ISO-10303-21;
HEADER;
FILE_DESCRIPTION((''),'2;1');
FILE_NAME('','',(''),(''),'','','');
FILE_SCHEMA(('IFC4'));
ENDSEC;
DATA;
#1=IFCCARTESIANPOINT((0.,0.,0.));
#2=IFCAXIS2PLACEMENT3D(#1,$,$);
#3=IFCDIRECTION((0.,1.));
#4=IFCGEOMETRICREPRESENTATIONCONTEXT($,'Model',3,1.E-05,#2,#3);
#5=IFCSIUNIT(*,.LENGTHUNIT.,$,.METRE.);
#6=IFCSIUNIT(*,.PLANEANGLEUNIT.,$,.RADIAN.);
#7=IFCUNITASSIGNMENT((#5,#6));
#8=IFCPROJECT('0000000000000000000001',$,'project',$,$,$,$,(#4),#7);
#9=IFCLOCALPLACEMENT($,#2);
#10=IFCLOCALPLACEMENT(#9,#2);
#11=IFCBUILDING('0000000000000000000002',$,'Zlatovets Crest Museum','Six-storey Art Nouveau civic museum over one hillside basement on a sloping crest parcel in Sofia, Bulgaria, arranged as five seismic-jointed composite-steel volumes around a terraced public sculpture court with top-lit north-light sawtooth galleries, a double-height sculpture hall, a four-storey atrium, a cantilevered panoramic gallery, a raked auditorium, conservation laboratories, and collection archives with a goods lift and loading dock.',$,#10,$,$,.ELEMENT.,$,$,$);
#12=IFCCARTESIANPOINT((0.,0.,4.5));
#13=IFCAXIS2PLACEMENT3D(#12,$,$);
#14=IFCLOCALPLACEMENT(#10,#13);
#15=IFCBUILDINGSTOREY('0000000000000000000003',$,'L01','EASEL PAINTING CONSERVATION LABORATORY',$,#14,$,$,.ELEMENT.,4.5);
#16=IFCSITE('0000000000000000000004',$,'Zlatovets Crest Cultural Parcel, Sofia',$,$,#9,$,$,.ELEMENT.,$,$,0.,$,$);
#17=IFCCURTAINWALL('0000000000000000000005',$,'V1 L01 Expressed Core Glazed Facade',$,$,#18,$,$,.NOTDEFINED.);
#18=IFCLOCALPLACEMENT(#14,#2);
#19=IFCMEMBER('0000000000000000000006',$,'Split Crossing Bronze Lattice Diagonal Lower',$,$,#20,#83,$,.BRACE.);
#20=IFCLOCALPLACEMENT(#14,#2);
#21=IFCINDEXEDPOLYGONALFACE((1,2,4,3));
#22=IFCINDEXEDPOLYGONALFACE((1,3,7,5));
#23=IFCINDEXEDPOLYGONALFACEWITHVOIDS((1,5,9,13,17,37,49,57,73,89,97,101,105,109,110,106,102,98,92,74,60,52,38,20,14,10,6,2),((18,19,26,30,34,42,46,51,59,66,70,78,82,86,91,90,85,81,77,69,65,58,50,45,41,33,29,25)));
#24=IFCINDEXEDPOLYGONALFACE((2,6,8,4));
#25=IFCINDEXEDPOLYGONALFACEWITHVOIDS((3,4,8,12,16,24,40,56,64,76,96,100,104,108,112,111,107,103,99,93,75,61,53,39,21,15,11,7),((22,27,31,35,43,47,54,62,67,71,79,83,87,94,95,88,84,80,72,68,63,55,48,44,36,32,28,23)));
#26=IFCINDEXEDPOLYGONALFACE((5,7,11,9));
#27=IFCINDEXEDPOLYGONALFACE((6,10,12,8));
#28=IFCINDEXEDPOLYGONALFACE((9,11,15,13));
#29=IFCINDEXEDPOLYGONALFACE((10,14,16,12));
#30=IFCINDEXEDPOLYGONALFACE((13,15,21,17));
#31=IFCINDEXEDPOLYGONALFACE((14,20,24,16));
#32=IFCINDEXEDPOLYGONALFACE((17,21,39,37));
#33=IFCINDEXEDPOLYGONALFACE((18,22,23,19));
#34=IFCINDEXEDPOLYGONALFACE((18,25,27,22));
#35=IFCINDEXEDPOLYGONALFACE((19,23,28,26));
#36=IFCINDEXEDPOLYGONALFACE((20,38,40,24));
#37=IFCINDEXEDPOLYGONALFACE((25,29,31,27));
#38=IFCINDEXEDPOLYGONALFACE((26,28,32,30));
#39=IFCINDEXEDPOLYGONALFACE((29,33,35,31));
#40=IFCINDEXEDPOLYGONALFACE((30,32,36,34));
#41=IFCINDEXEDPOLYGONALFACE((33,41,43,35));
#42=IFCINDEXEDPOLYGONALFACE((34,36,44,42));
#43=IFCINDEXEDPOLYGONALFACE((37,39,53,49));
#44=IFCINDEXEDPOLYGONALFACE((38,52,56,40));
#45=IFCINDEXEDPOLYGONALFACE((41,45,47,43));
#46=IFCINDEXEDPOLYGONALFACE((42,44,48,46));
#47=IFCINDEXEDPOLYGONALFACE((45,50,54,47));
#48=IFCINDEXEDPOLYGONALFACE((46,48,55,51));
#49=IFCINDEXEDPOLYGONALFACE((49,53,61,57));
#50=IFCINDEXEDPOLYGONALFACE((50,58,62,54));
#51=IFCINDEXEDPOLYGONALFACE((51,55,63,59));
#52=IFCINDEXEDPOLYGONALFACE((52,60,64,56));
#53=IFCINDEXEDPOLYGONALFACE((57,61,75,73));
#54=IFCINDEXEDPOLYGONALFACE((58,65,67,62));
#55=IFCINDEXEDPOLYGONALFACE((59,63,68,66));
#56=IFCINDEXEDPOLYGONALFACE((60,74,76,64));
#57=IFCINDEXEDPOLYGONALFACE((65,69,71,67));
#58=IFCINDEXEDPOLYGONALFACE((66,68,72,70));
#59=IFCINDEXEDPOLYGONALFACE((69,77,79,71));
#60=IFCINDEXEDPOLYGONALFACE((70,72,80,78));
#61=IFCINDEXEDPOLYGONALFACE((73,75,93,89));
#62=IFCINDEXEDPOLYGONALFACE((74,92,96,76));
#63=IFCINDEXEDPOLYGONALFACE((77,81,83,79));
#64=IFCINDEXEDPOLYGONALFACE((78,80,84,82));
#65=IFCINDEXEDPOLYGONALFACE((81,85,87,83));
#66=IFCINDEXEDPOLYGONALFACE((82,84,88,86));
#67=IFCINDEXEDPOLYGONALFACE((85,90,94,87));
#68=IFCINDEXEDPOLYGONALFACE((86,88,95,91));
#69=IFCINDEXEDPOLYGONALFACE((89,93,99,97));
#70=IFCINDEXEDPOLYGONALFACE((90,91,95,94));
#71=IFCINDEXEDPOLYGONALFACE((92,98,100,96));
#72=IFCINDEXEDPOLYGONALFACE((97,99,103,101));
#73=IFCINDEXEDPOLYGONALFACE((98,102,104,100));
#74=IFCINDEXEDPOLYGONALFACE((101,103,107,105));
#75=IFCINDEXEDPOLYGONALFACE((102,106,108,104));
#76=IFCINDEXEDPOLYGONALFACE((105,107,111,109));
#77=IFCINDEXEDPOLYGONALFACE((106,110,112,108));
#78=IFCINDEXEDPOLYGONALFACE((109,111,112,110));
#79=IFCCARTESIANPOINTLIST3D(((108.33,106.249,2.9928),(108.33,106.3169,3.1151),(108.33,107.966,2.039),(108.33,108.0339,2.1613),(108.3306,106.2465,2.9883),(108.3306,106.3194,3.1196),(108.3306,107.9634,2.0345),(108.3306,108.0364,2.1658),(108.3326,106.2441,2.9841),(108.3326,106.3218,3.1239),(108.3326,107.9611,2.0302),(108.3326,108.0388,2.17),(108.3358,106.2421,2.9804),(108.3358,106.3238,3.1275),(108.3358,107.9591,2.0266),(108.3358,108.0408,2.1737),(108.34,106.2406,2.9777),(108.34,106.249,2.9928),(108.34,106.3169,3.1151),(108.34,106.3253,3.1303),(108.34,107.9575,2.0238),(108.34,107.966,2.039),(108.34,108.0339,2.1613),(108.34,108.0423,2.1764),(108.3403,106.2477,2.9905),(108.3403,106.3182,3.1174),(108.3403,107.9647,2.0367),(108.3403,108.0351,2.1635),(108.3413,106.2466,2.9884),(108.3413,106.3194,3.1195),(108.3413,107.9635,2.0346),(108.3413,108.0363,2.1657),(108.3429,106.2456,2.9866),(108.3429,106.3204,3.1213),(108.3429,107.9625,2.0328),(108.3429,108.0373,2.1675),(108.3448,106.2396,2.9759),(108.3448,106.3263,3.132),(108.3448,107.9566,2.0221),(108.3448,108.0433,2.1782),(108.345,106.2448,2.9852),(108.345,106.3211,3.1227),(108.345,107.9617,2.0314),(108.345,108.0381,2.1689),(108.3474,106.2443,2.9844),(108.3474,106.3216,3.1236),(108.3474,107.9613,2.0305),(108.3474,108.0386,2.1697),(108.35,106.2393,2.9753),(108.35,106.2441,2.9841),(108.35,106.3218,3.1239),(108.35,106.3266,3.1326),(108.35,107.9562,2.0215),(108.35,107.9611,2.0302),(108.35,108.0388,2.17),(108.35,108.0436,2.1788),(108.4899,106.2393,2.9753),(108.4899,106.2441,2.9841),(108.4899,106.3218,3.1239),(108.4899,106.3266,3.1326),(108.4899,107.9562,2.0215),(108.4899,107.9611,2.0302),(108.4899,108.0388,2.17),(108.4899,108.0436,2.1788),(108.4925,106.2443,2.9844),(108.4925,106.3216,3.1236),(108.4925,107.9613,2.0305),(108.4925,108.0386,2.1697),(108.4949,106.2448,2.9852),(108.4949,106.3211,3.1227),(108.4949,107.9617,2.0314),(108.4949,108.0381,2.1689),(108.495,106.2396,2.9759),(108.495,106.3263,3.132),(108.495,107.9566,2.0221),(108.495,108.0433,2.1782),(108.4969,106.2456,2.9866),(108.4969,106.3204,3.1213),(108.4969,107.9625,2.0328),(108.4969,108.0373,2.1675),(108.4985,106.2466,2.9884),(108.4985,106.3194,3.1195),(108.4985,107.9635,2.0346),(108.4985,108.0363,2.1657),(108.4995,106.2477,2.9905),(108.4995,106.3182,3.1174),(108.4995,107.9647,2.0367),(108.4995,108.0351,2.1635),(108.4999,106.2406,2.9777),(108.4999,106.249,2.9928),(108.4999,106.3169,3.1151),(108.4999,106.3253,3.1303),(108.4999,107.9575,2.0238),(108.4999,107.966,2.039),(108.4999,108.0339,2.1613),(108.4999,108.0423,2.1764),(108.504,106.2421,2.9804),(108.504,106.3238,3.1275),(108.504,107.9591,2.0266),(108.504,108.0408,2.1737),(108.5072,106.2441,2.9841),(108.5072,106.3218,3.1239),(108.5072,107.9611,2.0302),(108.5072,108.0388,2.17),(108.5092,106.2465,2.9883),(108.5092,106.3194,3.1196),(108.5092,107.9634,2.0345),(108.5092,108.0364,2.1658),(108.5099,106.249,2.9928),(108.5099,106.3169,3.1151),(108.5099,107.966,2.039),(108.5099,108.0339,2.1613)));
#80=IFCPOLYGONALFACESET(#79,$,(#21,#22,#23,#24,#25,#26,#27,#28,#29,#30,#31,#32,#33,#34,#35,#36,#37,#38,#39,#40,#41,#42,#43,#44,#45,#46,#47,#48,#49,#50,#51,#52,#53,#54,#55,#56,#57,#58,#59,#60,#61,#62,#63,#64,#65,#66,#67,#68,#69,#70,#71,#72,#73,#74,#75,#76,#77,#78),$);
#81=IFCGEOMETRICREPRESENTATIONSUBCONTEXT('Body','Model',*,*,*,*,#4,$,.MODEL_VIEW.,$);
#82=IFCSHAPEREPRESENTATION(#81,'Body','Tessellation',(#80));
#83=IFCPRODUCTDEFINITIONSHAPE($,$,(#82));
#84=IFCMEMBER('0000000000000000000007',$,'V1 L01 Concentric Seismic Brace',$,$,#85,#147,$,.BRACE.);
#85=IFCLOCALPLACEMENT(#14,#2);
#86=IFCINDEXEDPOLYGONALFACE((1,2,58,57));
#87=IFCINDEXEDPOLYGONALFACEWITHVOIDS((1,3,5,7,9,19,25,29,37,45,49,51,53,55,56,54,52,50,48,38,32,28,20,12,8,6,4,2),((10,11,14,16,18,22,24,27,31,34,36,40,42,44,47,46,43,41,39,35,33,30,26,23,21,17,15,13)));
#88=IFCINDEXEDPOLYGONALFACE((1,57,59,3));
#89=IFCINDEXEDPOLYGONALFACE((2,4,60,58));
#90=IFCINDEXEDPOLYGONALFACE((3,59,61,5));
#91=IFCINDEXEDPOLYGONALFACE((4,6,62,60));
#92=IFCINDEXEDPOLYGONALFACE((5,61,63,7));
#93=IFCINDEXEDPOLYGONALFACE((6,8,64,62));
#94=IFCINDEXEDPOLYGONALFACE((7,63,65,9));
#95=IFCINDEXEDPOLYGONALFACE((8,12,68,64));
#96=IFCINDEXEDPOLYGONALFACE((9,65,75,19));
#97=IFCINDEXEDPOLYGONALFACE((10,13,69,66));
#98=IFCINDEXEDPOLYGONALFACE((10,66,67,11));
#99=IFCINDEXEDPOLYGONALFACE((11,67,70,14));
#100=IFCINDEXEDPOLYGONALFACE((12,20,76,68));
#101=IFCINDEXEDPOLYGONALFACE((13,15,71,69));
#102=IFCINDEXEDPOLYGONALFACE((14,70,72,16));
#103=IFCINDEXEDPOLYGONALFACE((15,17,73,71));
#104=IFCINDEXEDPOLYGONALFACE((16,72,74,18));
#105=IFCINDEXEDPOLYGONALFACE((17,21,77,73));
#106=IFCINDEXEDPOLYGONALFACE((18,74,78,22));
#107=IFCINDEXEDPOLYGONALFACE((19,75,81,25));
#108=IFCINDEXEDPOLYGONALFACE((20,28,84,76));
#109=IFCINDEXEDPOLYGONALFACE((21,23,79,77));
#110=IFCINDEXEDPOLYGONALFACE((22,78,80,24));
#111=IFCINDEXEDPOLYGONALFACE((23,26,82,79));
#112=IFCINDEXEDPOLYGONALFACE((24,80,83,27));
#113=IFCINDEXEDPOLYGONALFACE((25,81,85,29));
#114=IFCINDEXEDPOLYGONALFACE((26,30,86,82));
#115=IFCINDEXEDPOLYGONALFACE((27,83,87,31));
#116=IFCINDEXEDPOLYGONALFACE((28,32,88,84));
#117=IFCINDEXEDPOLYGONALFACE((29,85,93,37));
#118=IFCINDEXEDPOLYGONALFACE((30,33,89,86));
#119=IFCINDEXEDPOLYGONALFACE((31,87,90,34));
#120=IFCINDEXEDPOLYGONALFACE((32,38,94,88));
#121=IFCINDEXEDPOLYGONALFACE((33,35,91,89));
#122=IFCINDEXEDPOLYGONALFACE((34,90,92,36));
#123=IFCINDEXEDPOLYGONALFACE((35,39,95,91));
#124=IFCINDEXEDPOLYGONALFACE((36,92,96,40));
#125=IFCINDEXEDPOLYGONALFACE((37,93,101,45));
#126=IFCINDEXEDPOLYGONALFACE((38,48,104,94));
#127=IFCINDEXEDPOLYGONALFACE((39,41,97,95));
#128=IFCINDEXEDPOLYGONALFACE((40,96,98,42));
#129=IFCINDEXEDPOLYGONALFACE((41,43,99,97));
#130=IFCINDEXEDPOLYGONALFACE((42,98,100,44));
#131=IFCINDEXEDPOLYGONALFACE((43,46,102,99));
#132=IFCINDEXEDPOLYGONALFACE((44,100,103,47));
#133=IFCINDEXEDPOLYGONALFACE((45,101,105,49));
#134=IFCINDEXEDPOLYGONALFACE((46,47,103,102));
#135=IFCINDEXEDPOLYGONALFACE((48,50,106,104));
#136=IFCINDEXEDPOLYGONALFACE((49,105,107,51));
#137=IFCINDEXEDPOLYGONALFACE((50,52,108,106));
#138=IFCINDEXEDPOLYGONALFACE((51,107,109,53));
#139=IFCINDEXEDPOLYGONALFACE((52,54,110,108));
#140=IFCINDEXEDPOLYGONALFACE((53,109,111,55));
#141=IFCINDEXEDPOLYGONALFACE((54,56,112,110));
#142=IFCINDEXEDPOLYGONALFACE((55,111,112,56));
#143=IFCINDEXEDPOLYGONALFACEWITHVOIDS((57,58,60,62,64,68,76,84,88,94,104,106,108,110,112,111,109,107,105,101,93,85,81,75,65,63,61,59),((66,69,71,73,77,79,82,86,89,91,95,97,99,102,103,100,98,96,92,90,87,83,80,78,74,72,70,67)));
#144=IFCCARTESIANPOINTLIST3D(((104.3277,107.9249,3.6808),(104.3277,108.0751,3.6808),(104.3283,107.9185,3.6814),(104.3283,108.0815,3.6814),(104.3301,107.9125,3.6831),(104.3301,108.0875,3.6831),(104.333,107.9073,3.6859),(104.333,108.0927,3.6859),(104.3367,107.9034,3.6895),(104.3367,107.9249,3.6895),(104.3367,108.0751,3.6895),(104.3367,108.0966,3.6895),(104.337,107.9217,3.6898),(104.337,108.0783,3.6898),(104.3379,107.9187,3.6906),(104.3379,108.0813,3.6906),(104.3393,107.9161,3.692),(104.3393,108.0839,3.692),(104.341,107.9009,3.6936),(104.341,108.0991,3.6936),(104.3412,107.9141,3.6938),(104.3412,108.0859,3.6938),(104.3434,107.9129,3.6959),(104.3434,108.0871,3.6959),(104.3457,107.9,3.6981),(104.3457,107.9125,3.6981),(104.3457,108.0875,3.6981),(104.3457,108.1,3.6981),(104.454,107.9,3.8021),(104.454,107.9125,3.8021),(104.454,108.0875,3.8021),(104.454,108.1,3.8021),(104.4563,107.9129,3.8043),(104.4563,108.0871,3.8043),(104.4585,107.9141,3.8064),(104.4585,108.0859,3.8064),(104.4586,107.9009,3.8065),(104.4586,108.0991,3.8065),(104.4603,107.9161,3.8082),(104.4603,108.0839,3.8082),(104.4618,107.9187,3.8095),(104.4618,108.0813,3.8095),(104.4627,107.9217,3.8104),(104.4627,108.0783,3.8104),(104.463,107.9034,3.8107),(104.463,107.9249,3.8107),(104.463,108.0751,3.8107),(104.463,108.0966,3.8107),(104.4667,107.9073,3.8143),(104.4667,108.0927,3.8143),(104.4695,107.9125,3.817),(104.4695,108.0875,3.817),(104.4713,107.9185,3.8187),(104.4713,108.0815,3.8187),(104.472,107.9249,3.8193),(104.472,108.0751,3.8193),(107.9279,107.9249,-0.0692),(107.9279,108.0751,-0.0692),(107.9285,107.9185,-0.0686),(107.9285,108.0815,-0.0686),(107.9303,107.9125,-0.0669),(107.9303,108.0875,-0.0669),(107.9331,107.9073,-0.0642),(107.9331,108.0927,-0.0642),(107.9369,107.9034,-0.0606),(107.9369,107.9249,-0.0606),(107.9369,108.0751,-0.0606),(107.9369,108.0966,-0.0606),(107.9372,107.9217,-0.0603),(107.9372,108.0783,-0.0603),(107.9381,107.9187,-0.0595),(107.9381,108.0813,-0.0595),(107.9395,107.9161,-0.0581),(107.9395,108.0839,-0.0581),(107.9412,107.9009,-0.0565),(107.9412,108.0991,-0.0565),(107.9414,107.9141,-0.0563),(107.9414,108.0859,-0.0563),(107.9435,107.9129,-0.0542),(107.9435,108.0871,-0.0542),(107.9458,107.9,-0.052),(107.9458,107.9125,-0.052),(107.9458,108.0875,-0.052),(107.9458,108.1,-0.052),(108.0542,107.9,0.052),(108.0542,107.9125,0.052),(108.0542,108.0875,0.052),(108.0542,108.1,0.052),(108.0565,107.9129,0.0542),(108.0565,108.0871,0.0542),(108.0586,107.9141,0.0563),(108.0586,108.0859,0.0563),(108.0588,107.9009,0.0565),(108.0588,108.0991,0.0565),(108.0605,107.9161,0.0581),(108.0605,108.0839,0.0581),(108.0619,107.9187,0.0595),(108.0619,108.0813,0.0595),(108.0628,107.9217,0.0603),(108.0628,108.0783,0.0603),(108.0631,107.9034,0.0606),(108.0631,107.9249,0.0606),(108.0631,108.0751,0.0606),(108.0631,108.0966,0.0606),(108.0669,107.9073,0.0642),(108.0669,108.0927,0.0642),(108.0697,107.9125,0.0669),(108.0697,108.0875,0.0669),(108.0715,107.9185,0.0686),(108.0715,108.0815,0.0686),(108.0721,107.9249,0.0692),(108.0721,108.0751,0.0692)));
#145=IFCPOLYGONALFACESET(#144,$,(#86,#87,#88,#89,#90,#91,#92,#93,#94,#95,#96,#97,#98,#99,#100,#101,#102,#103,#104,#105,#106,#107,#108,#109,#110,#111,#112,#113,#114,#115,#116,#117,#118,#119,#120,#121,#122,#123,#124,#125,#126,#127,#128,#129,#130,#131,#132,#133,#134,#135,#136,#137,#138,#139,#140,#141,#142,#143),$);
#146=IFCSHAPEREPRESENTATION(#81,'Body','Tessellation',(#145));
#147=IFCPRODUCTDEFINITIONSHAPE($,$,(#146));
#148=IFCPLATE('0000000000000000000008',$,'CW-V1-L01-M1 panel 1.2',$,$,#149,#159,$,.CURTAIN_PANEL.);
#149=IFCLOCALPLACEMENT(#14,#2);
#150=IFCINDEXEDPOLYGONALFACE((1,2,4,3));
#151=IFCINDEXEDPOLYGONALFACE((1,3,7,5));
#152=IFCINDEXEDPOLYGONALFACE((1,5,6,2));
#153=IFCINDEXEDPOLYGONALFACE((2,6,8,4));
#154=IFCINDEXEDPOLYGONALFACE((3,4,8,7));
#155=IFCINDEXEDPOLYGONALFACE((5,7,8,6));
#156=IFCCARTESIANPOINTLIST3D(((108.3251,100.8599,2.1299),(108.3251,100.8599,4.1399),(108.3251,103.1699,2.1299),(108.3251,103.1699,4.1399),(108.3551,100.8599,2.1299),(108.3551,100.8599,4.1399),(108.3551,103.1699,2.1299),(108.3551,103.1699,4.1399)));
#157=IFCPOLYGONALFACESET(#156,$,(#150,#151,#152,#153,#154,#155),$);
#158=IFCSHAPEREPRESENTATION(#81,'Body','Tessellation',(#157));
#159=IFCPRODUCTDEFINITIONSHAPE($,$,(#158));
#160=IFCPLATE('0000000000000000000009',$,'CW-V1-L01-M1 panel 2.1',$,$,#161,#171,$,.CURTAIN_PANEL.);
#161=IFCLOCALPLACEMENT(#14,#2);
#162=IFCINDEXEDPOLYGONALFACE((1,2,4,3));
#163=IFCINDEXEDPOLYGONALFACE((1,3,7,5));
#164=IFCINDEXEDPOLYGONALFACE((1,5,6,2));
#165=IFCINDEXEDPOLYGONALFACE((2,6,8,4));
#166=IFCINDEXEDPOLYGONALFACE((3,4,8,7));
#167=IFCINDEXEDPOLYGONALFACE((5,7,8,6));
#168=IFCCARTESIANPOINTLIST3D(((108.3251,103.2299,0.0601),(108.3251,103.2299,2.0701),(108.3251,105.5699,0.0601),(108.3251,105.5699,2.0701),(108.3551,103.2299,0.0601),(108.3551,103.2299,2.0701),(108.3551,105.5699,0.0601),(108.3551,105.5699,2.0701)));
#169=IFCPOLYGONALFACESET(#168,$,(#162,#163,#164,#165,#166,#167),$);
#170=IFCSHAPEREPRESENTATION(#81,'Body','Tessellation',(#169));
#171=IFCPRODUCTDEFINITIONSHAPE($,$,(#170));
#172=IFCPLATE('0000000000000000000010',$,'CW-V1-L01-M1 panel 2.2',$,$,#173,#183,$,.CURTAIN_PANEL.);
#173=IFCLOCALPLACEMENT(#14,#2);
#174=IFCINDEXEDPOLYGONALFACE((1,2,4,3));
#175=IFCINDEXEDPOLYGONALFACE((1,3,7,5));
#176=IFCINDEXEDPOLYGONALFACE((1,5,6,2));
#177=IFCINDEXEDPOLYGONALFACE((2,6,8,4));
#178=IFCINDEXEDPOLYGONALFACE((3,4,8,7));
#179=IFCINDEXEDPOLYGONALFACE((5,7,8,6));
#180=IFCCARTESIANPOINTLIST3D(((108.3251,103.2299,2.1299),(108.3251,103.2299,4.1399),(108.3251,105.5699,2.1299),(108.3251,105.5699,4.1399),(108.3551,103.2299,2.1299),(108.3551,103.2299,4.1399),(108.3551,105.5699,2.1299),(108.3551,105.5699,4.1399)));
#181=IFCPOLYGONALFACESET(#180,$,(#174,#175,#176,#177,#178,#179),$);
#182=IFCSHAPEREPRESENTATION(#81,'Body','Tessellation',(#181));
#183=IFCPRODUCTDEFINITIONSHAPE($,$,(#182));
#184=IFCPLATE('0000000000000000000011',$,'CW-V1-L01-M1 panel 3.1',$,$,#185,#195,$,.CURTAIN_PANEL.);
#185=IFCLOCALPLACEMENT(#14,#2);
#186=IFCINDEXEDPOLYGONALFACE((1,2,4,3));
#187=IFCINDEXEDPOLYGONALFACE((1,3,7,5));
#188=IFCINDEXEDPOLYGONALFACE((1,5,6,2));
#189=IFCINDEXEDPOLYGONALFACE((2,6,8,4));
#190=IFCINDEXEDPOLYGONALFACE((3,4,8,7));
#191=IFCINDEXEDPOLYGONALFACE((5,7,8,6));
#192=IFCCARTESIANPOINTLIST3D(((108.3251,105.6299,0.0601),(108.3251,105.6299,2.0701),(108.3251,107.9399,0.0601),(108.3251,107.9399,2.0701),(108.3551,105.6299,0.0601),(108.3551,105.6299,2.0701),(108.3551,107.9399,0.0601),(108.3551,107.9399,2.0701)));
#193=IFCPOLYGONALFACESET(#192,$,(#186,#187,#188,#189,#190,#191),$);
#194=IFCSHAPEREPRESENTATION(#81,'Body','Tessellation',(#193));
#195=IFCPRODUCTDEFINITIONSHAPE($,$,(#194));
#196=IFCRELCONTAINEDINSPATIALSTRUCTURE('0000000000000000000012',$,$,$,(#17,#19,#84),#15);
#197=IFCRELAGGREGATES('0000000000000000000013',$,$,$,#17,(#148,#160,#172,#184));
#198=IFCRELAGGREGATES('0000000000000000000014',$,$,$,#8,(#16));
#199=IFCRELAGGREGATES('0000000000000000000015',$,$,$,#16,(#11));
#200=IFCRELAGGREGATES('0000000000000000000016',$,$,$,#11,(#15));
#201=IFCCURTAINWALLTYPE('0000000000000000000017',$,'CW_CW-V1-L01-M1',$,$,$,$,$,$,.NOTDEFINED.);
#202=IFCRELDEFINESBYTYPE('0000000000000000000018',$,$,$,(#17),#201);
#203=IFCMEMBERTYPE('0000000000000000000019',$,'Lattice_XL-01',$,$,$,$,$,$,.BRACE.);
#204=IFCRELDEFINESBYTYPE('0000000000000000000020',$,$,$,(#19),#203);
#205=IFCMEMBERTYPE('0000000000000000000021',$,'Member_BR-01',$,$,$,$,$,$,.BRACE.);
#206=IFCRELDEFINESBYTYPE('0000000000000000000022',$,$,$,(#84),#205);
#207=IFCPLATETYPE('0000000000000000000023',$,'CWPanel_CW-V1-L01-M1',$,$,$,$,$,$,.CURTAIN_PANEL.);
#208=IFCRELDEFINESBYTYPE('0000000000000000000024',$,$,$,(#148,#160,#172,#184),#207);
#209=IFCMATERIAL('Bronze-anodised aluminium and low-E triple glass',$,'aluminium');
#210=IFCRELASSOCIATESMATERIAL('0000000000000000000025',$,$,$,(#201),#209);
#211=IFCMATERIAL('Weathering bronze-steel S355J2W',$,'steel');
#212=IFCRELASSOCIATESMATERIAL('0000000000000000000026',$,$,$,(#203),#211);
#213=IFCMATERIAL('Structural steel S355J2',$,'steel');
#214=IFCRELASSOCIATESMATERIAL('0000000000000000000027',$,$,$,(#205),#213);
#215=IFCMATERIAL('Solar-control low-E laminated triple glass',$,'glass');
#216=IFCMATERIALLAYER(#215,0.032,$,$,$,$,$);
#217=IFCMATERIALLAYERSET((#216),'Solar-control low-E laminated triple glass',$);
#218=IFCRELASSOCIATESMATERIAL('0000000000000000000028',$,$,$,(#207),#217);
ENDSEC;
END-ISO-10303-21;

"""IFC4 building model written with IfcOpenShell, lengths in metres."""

from ifc_helpers import new_model, si_unit, direction, frame, origin, origin_2d, place, context, subcontext, project, spatial, rectangle, hollow_rectangle, extrude, material, layer, layer_set, material_profile, profile_set, type_object, element, aggregate, save


model = new_model("IFC4")

# Units and contexts
model_context = context("Model", 3, precision=1e-05, world=origin(), true_north=direction((0.0, 1.0)))
body_context = subcontext(model_context, "Body", "Model", "MODEL_VIEW")
ifc_project = project(units=[si_unit("LENGTHUNIT", "METRE"), si_unit("PLANEANGLEUNIT", "RADIAN")], contexts=[model_context])

# Site, building, storey
site_placement = place(None, origin())
site = spatial("IfcSite", under=ifc_project, at=site_placement, Name="Zlatovets Crest Cultural Parcel, Sofia", CompositionType="ELEMENT", RefElevation=0.0)
building_placement = place(site_placement, origin())
building = spatial("IfcBuilding", under=site, at=building_placement, Name="Zlatovets Crest Museum", Description="Six-storey Art Nouveau civic museum over one hillside basement on a sloping crest parcel in Sofia, Bulgaria, arranged as five seismic-jointed composite-steel volumes around a terraced public sculpture court with top-lit north-light sawtooth galleries, a double-height sculpture hall, a four-storey atrium, a cantilevered panoramic gallery, a raked auditorium, conservation laboratories, and collection archives with a goods lift and loading dock.", CompositionType="ELEMENT")
storey_placement = place(building_placement, frame((0.0, 0.0, 4.5)))
storey = spatial("IfcBuildingStorey", under=building, at=storey_placement, Name="L01", Description="EASEL PAINTING CONSERVATION LABORATORY", CompositionType="ELEMENT", Elevation=4.5)

# Shared definitions
ifc_material_1 = material(Name="Structural steel S355J2", Category="steel")

# Curtain wall
ifc_material_2 = material(Name="Bronze-anodised aluminium and low-E triple glass", Category="aluminium")
curtain_wall_type = type_object("IfcCurtainWallType", Name="CW_CW-V1-L01-M1", PredefinedType="NOTDEFINED", material=ifc_material_2)
curtain_wall_placement = place(storey_placement, origin())
curtain_wall = element("IfcCurtainWall", 1, at=curtain_wall_placement, inside=storey, type_object=curtain_wall_type, Name="V1 L01 Expressed Core Glazed Facade", PredefinedType="NOTDEFINED")

# Members
ifc_material_3 = material(Name="Weathering bronze-steel S355J2W", Category="steel")
ifc_material_profile_1 = material_profile(ifc_material_3, hollow_rectangle(XDim=0.1799, YDim=0.1799, WallThickness=0.01, InnerFilletRadius=0.01, OuterFilletRadius=0.02, at=origin_2d()), Name="SHS 180x180x10.0")
ifc_profile_set_1 = profile_set([ifc_material_profile_1], Name="Weathering bronze-steel S355J2W")
member_type_1 = type_object("IfcMemberType", Name="Lattice_XL-01", PredefinedType="BRACE", material=ifc_profile_set_1)
member_1_placement = place(storey_placement, frame((108.4199, 106.283, 3.054), z_axis=(0.0, 0.874169, -0.485622), x_axis=(-1.0, 0.0, 0.0)))
element("IfcMember", 2, at=member_1_placement, inside=storey, type_object=member_type_1, Name="Split Crossing Bronze Lattice Diagonal Lower", PredefinedType="BRACE", context=body_context, shape_type="SweptSolid", body=[
    extrude(hollow_rectangle(XDim=0.1799, YDim=0.1799, WallThickness=0.01, InnerFilletRadius=0.01, OuterFilletRadius=0.02, at=origin_2d()), origin(), (0.0, 0.0, 1.0), 1.9641),
])
ifc_material_profile_2 = material_profile(ifc_material_1, hollow_rectangle(XDim=0.2, YDim=0.2, WallThickness=0.0125, InnerFilletRadius=0.0125, OuterFilletRadius=0.0249, at=origin_2d()), Name="SHS 200x200x12.5")
ifc_profile_set_2 = profile_set([ifc_material_profile_2], Name="Structural steel S355J2")
member_type_2 = type_object("IfcMemberType", Name="Member_BR-01", PredefinedType="BRACE", material=ifc_profile_set_2)
member_2_placement = place(storey_placement, frame((108.0, 108.0, 0.0), z_axis=(-0.692542, 0.0, 0.721378), x_axis=(0.0, -1.0, 0.0)))
element("IfcMember", 3, at=member_2_placement, inside=storey, type_object=member_type_2, Name="V1 L01 Concentric Seismic Brace", PredefinedType="BRACE", context=body_context, shape_type="SweptSolid", body=[
    extrude(hollow_rectangle(XDim=0.2, YDim=0.2, WallThickness=0.0125, InnerFilletRadius=0.0125, OuterFilletRadius=0.0249, at=origin_2d()), origin(), (0.0, 0.0, 1.0), 5.1985),
])

# Plates
ifc_material_4 = material(Name="Solar-control low-E laminated triple glass", Category="glass")
ifc_layer_1 = layer(ifc_material_4, 0.032)
ifc_layer_set_1 = layer_set([ifc_layer_1], Name="Solar-control low-E laminated triple glass")
plate_type_1 = type_object("IfcPlateType", Name="CWPanel_CW-V1-L01-M1", PredefinedType="CURTAIN_PANEL", material=ifc_layer_set_1)
plate_1_placement = place(storey_placement, frame((108.3401, 102.0149, 2.1299), z_axis=(0.0, 0.0, 1.0), x_axis=(0.0, 1.0, 0.0)))
plate_1 = element("IfcPlate", 4, at=plate_1_placement, type_object=plate_type_1, Name="CW-V1-L01-M1 panel 1.2", PredefinedType="CURTAIN_PANEL", context=body_context, shape_type="SweptSolid", body=[
    extrude(rectangle(XDim=2.3101, YDim=0.03, at=origin_2d()), origin(), (0.0, 0.0, 1.0), 2.01),
])
plate_2_placement = place(storey_placement, frame((108.3401, 104.3999, 0.0601), z_axis=(0.0, 0.0, 1.0), x_axis=(0.0, 1.0, 0.0)))
plate_2 = element("IfcPlate", 5, at=plate_2_placement, type_object=plate_type_1, Name="CW-V1-L01-M1 panel 2.1", PredefinedType="CURTAIN_PANEL", context=body_context, shape_type="SweptSolid", body=[
    extrude(rectangle(XDim=2.3401, YDim=0.03, at=origin_2d()), origin(), (0.0, 0.0, 1.0), 2.01),
])
plate_3_placement = place(storey_placement, frame((108.3401, 104.3999, 2.1299), z_axis=(0.0, 0.0, 1.0), x_axis=(0.0, 1.0, 0.0)))
plate_3 = element("IfcPlate", 6, at=plate_3_placement, type_object=plate_type_1, Name="CW-V1-L01-M1 panel 2.2", PredefinedType="CURTAIN_PANEL", context=body_context, shape_type="SweptSolid", body=[
    extrude(rectangle(XDim=2.3401, YDim=0.03, at=origin_2d()), origin(), (0.0, 0.0, 1.0), 2.01),
])
plate_4_placement = place(storey_placement, frame((108.3401, 106.7849, 0.0601), z_axis=(0.0, 0.0, 1.0), x_axis=(0.0, 1.0, 0.0)))
plate_4 = element("IfcPlate", 7, at=plate_4_placement, type_object=plate_type_1, Name="CW-V1-L01-M1 panel 3.1", PredefinedType="CURTAIN_PANEL", context=body_context, shape_type="SweptSolid", body=[
    extrude(rectangle(XDim=2.3101, YDim=0.03, at=origin_2d()), origin(), (0.0, 0.0, 1.0), 2.01),
])
aggregate(curtain_wall, [plate_1, plate_2, plate_3, plate_4])

save(model, "model.ifc")
